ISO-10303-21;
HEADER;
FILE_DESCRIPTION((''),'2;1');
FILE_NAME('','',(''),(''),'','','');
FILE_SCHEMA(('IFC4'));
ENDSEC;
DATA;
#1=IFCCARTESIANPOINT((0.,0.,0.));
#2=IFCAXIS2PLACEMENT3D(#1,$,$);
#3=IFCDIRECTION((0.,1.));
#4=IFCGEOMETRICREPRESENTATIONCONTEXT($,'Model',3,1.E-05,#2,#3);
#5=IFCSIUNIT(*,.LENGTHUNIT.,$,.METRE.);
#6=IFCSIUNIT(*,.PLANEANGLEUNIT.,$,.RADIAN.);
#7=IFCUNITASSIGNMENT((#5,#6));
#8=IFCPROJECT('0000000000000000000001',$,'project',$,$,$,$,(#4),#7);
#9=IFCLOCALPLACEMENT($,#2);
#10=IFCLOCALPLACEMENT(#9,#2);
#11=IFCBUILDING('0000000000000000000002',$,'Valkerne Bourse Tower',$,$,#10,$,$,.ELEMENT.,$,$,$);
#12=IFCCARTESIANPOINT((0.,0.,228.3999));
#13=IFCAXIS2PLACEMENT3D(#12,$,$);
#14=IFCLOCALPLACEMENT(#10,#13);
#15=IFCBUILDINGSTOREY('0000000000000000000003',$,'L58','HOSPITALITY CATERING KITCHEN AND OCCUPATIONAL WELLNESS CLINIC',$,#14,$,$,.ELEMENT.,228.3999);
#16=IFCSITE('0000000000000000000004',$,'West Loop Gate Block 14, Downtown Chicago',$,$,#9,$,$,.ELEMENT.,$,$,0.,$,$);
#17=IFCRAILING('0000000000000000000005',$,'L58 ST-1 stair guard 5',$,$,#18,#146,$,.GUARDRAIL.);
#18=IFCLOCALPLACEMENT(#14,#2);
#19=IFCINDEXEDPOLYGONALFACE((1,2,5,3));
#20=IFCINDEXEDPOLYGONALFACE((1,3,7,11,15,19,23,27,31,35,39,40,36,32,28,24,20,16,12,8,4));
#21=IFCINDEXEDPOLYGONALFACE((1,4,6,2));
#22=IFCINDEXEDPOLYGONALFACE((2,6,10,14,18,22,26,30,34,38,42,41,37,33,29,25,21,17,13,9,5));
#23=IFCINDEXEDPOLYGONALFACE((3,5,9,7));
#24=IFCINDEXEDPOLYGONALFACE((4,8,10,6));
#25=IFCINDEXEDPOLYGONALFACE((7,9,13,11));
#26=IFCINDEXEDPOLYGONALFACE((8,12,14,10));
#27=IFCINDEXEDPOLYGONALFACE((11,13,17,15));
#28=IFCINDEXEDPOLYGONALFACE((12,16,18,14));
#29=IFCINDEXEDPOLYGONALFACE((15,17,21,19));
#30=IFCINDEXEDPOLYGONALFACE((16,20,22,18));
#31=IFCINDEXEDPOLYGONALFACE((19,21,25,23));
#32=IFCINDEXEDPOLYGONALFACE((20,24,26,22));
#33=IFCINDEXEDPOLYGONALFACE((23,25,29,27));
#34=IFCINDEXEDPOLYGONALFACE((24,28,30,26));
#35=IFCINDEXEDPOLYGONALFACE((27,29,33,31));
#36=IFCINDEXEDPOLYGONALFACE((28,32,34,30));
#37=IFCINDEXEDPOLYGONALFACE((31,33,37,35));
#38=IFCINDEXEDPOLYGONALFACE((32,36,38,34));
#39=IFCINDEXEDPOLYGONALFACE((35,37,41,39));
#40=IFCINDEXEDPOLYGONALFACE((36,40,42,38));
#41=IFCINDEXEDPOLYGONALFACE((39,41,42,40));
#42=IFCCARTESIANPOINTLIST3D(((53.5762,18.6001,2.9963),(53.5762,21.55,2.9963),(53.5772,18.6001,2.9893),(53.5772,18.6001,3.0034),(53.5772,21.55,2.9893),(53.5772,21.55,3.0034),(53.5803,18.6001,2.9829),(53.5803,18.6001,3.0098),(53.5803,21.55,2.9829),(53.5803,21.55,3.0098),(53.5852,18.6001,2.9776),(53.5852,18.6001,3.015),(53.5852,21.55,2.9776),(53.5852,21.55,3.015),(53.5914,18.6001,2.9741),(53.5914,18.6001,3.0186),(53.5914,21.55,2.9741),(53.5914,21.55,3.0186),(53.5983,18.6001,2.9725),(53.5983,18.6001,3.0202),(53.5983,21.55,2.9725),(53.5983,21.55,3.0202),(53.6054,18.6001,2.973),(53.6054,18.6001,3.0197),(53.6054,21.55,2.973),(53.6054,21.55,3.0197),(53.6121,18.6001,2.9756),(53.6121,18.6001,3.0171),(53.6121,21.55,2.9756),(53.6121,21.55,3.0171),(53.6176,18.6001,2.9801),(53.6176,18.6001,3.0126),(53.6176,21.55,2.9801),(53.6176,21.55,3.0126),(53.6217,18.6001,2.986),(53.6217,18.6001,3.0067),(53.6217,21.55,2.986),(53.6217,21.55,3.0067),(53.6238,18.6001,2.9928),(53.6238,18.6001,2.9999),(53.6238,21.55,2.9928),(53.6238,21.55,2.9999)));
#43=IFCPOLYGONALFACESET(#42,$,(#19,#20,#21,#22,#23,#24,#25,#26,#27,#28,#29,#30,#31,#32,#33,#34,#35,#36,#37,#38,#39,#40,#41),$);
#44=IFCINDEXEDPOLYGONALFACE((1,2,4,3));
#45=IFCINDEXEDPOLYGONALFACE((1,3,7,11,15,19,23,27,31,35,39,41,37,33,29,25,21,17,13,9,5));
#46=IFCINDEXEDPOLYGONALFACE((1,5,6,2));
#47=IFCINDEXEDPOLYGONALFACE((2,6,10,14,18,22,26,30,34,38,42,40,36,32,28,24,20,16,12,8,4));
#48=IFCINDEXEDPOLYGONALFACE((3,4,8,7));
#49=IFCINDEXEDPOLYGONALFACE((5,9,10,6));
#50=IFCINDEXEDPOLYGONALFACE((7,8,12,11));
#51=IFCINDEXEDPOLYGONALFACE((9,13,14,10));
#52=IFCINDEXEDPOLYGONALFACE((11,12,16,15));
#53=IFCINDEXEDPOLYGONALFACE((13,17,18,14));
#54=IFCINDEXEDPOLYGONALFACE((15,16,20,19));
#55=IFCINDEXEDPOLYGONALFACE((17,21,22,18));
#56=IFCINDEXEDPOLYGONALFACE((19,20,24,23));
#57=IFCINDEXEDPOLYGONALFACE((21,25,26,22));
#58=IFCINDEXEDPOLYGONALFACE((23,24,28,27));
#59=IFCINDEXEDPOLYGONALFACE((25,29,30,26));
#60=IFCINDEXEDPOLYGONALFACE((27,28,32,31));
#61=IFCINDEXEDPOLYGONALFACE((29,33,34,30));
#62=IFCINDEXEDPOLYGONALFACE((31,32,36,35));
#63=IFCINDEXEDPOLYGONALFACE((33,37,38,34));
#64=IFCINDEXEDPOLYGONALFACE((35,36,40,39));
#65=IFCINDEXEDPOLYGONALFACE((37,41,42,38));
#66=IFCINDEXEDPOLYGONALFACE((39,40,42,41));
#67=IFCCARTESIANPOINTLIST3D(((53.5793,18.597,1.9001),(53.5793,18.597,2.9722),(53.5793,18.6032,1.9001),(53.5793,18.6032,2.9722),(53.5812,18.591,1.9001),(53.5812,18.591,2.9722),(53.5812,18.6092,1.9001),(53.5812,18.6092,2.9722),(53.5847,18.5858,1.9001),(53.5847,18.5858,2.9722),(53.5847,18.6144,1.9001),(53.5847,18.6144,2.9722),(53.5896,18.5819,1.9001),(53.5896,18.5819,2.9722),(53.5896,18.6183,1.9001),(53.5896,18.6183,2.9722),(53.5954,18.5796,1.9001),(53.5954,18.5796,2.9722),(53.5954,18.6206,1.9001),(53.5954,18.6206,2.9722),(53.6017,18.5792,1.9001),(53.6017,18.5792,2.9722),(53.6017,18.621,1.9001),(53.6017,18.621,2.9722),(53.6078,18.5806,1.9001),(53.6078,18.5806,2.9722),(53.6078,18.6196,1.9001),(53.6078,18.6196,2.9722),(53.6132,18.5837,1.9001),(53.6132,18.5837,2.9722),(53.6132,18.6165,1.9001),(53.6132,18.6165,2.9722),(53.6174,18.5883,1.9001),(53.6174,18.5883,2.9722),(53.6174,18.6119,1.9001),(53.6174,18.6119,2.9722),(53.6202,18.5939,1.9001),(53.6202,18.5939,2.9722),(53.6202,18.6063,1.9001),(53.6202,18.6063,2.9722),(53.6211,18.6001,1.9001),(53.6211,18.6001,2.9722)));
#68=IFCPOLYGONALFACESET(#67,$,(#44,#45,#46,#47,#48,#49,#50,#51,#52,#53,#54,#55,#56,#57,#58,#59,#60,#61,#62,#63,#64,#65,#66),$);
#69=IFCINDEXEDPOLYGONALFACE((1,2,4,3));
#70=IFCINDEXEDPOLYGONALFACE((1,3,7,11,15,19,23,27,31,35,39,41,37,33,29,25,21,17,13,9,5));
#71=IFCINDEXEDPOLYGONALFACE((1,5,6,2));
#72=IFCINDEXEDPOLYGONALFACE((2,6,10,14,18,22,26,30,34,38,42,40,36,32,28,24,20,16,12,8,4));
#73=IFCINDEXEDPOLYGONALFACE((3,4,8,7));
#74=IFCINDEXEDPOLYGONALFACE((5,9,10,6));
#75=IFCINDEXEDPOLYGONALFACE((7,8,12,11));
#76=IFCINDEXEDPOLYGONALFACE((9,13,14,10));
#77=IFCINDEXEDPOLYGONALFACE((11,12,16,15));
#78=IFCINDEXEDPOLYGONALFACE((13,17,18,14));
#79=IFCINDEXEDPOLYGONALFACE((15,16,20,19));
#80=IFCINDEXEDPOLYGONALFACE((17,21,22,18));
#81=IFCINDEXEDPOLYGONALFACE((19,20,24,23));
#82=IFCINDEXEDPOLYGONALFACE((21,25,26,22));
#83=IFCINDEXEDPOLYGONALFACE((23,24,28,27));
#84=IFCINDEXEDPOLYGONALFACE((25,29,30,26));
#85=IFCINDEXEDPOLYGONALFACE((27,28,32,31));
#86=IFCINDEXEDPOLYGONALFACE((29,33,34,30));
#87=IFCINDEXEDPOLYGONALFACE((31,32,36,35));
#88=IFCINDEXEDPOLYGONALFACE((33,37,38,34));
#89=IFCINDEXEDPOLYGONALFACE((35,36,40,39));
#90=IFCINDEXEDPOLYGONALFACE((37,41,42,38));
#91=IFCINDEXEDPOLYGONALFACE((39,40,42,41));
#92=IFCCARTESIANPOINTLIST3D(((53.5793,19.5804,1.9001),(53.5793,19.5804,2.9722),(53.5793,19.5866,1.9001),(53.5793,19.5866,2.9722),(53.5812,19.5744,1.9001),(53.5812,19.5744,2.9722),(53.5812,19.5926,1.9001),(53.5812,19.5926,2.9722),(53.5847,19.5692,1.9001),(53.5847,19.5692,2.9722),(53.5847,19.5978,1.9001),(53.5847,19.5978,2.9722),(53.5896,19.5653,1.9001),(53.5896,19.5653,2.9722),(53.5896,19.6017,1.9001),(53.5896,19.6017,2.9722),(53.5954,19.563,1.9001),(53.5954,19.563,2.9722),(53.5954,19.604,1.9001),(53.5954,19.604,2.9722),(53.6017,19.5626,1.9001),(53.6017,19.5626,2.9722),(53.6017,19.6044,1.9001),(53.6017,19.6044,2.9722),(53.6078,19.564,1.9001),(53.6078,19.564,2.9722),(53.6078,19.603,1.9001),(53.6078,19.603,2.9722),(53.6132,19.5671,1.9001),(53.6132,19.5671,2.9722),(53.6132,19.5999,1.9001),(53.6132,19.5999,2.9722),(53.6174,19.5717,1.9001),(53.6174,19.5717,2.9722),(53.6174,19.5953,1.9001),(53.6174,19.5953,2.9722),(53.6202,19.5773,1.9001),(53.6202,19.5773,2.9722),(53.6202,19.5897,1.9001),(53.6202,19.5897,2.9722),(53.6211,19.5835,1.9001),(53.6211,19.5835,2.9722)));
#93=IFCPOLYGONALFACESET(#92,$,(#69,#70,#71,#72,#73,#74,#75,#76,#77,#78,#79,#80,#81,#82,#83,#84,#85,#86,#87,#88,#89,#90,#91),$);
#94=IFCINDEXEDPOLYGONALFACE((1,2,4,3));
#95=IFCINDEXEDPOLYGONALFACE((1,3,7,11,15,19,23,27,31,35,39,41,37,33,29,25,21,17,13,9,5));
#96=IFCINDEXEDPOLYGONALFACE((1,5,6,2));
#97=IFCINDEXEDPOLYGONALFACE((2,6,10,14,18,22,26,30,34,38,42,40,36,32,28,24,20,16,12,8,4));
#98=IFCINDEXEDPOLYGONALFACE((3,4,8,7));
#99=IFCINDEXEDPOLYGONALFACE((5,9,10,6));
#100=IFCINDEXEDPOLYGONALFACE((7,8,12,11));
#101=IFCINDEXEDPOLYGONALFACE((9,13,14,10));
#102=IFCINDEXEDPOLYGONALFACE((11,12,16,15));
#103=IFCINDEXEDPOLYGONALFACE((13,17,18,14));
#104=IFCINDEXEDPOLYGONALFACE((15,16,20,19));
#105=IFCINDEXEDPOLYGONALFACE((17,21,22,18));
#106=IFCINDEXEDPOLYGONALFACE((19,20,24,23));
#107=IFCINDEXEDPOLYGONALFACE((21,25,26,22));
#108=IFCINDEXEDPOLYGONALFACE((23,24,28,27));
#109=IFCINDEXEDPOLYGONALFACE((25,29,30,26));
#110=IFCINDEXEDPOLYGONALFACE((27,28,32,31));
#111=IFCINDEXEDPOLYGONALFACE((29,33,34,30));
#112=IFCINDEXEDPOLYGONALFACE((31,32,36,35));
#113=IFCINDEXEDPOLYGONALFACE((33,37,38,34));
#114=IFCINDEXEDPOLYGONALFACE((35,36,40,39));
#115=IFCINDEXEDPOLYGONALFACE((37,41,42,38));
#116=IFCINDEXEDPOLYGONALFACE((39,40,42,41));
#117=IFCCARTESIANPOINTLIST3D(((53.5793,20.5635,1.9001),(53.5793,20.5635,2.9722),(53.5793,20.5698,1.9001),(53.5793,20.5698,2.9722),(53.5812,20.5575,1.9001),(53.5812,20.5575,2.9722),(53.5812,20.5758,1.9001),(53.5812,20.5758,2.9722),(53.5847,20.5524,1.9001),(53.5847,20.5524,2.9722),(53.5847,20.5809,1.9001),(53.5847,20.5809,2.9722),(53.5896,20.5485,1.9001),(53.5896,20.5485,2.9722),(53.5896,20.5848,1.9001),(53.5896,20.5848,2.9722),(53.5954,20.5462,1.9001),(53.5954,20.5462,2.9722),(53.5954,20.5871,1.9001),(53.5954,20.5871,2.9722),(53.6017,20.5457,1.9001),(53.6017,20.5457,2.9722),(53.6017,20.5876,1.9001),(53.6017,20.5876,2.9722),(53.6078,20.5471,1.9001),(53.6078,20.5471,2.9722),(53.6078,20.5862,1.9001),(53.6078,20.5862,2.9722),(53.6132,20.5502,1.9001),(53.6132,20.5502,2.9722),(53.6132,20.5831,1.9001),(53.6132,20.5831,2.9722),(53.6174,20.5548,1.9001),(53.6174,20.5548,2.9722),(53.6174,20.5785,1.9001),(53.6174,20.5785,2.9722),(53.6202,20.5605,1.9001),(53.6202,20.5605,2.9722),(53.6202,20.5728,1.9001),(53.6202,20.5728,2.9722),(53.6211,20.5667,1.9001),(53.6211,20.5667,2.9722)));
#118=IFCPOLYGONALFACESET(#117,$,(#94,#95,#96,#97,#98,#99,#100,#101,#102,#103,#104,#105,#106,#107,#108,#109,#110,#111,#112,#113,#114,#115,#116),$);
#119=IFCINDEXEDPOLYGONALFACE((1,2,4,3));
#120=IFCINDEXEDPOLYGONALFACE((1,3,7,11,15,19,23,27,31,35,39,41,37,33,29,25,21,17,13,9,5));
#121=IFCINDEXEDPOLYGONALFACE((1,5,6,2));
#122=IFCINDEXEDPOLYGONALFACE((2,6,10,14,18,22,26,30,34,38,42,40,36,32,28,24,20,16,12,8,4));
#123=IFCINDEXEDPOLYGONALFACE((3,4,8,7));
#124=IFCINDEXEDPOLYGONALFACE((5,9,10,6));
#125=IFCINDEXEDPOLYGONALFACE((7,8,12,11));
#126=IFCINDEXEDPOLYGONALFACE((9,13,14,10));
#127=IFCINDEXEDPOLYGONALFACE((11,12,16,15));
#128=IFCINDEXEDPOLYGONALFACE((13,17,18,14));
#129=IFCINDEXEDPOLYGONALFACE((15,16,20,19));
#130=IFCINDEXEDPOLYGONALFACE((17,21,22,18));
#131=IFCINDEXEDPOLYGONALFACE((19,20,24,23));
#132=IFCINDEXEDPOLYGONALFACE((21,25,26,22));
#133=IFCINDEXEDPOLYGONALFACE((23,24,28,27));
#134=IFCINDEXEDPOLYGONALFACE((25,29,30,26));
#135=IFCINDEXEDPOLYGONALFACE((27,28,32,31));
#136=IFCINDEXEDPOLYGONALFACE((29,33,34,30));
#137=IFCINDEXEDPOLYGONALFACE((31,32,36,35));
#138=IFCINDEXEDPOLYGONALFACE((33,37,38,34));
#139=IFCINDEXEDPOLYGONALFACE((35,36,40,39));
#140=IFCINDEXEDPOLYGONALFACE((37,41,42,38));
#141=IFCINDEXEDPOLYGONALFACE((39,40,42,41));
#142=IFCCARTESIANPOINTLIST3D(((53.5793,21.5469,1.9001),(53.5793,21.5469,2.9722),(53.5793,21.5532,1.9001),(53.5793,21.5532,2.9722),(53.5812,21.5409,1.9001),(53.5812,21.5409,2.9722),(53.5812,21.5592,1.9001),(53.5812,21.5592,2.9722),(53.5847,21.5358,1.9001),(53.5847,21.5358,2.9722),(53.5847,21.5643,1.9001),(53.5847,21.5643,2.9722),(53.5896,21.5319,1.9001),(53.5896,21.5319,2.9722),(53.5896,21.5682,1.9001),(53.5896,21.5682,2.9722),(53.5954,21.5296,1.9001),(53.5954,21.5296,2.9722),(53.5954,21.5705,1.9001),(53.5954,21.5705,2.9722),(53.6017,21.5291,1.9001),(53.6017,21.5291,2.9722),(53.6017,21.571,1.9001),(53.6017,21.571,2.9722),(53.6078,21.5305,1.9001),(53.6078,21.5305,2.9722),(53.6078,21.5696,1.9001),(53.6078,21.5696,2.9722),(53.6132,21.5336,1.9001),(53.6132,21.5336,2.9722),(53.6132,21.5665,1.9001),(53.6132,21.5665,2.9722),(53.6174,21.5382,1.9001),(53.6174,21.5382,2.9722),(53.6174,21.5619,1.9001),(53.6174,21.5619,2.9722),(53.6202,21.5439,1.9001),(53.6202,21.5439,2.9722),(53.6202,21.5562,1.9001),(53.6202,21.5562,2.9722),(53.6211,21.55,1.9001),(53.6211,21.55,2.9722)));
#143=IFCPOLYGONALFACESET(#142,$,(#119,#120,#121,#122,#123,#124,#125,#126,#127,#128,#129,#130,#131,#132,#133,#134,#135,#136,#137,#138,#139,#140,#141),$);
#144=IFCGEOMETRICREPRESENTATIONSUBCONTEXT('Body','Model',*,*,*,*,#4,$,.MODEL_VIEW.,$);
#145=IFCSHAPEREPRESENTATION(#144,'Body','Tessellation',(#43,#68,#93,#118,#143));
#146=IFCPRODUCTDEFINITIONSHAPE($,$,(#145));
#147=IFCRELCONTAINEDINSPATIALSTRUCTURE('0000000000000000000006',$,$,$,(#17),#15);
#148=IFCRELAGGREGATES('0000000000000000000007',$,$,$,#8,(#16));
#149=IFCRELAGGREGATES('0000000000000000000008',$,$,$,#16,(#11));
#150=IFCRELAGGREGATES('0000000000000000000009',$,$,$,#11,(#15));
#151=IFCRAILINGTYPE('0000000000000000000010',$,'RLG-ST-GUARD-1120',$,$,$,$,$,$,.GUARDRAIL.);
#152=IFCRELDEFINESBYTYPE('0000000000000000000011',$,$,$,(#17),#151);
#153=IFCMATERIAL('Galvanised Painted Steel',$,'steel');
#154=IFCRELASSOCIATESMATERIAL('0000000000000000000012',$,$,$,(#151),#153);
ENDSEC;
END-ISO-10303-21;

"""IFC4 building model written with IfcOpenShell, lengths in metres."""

from ifc_helpers import new_model, si_unit, direction, frame, origin, origin_2d, place, context, subcontext, project, spatial, circle, extrude, material, type_object, element, save


model = new_model("IFC4")

# Units and contexts
model_context = context("Model", 3, precision=1e-05, world=origin(), true_north=direction((0.0, 1.0)))
body_context = subcontext(model_context, "Body", "Model", "MODEL_VIEW")
ifc_project = project(units=[si_unit("LENGTHUNIT", "METRE"), si_unit("PLANEANGLEUNIT", "RADIAN")], contexts=[model_context])

# Site, building, storey
site_placement = place(None, origin())
site = spatial("IfcSite", under=ifc_project, at=site_placement, Name="West Loop Gate Block 14, Downtown Chicago", CompositionType="ELEMENT", RefElevation=0.0)
building_placement = place(site_placement, origin())
building = spatial("IfcBuilding", under=site, at=building_placement, Name="Valkerne Bourse Tower", CompositionType="ELEMENT")
storey_placement = place(building_placement, frame((0.0, 0.0, 228.3999)))
storey = spatial("IfcBuildingStorey", under=building, at=storey_placement, Name="L58", Description="HOSPITALITY CATERING KITCHEN AND OCCUPATIONAL WELLNESS CLINIC", CompositionType="ELEMENT", Elevation=228.3999)

# Railing
ifc_material_1 = material(Name="Galvanised Painted Steel", Category="steel")
railing_type = type_object("IfcRailingType", Name="RLG-ST-GUARD-1120", PredefinedType="GUARDRAIL", material=ifc_material_1)
railing_1_placement = place(storey_placement, frame((53.6001, 18.6001, 1.9001)))
element("IfcRailing", 1, at=railing_1_placement, inside=storey, type_object=railing_type, Name="L58 ST-1 stair guard 5", PredefinedType="GUARDRAIL", context=body_context, shape_type="SweptSolid", body=[
    extrude(circle(Radius=0.0239, at=origin_2d()), frame((0.0, 0.0, 1.0962), z_axis=(0.0, 1.0, 0.0), x_axis=(-1.0, 0.0, 0.0)), (0.0, 0.0, 1.0), 2.95),
    extrude(circle(Radius=0.021, at=origin_2d()), origin(), (0.0, 0.0, 1.0), 1.072),
    extrude(circle(Radius=0.021, at=origin_2d()), frame((0.0, 0.9834, 0.0)), (0.0, 0.0, 1.0), 1.072),
    extrude(circle(Radius=0.021, at=origin_2d()), frame((0.0, 1.9666, 0.0)), (0.0, 0.0, 1.0), 1.072),
    extrude(circle(Radius=0.021, at=origin_2d()), frame((0.0, 2.95, 0.0)), (0.0, 0.0, 1.0), 1.072),
])

save(model, "model.ifc")
